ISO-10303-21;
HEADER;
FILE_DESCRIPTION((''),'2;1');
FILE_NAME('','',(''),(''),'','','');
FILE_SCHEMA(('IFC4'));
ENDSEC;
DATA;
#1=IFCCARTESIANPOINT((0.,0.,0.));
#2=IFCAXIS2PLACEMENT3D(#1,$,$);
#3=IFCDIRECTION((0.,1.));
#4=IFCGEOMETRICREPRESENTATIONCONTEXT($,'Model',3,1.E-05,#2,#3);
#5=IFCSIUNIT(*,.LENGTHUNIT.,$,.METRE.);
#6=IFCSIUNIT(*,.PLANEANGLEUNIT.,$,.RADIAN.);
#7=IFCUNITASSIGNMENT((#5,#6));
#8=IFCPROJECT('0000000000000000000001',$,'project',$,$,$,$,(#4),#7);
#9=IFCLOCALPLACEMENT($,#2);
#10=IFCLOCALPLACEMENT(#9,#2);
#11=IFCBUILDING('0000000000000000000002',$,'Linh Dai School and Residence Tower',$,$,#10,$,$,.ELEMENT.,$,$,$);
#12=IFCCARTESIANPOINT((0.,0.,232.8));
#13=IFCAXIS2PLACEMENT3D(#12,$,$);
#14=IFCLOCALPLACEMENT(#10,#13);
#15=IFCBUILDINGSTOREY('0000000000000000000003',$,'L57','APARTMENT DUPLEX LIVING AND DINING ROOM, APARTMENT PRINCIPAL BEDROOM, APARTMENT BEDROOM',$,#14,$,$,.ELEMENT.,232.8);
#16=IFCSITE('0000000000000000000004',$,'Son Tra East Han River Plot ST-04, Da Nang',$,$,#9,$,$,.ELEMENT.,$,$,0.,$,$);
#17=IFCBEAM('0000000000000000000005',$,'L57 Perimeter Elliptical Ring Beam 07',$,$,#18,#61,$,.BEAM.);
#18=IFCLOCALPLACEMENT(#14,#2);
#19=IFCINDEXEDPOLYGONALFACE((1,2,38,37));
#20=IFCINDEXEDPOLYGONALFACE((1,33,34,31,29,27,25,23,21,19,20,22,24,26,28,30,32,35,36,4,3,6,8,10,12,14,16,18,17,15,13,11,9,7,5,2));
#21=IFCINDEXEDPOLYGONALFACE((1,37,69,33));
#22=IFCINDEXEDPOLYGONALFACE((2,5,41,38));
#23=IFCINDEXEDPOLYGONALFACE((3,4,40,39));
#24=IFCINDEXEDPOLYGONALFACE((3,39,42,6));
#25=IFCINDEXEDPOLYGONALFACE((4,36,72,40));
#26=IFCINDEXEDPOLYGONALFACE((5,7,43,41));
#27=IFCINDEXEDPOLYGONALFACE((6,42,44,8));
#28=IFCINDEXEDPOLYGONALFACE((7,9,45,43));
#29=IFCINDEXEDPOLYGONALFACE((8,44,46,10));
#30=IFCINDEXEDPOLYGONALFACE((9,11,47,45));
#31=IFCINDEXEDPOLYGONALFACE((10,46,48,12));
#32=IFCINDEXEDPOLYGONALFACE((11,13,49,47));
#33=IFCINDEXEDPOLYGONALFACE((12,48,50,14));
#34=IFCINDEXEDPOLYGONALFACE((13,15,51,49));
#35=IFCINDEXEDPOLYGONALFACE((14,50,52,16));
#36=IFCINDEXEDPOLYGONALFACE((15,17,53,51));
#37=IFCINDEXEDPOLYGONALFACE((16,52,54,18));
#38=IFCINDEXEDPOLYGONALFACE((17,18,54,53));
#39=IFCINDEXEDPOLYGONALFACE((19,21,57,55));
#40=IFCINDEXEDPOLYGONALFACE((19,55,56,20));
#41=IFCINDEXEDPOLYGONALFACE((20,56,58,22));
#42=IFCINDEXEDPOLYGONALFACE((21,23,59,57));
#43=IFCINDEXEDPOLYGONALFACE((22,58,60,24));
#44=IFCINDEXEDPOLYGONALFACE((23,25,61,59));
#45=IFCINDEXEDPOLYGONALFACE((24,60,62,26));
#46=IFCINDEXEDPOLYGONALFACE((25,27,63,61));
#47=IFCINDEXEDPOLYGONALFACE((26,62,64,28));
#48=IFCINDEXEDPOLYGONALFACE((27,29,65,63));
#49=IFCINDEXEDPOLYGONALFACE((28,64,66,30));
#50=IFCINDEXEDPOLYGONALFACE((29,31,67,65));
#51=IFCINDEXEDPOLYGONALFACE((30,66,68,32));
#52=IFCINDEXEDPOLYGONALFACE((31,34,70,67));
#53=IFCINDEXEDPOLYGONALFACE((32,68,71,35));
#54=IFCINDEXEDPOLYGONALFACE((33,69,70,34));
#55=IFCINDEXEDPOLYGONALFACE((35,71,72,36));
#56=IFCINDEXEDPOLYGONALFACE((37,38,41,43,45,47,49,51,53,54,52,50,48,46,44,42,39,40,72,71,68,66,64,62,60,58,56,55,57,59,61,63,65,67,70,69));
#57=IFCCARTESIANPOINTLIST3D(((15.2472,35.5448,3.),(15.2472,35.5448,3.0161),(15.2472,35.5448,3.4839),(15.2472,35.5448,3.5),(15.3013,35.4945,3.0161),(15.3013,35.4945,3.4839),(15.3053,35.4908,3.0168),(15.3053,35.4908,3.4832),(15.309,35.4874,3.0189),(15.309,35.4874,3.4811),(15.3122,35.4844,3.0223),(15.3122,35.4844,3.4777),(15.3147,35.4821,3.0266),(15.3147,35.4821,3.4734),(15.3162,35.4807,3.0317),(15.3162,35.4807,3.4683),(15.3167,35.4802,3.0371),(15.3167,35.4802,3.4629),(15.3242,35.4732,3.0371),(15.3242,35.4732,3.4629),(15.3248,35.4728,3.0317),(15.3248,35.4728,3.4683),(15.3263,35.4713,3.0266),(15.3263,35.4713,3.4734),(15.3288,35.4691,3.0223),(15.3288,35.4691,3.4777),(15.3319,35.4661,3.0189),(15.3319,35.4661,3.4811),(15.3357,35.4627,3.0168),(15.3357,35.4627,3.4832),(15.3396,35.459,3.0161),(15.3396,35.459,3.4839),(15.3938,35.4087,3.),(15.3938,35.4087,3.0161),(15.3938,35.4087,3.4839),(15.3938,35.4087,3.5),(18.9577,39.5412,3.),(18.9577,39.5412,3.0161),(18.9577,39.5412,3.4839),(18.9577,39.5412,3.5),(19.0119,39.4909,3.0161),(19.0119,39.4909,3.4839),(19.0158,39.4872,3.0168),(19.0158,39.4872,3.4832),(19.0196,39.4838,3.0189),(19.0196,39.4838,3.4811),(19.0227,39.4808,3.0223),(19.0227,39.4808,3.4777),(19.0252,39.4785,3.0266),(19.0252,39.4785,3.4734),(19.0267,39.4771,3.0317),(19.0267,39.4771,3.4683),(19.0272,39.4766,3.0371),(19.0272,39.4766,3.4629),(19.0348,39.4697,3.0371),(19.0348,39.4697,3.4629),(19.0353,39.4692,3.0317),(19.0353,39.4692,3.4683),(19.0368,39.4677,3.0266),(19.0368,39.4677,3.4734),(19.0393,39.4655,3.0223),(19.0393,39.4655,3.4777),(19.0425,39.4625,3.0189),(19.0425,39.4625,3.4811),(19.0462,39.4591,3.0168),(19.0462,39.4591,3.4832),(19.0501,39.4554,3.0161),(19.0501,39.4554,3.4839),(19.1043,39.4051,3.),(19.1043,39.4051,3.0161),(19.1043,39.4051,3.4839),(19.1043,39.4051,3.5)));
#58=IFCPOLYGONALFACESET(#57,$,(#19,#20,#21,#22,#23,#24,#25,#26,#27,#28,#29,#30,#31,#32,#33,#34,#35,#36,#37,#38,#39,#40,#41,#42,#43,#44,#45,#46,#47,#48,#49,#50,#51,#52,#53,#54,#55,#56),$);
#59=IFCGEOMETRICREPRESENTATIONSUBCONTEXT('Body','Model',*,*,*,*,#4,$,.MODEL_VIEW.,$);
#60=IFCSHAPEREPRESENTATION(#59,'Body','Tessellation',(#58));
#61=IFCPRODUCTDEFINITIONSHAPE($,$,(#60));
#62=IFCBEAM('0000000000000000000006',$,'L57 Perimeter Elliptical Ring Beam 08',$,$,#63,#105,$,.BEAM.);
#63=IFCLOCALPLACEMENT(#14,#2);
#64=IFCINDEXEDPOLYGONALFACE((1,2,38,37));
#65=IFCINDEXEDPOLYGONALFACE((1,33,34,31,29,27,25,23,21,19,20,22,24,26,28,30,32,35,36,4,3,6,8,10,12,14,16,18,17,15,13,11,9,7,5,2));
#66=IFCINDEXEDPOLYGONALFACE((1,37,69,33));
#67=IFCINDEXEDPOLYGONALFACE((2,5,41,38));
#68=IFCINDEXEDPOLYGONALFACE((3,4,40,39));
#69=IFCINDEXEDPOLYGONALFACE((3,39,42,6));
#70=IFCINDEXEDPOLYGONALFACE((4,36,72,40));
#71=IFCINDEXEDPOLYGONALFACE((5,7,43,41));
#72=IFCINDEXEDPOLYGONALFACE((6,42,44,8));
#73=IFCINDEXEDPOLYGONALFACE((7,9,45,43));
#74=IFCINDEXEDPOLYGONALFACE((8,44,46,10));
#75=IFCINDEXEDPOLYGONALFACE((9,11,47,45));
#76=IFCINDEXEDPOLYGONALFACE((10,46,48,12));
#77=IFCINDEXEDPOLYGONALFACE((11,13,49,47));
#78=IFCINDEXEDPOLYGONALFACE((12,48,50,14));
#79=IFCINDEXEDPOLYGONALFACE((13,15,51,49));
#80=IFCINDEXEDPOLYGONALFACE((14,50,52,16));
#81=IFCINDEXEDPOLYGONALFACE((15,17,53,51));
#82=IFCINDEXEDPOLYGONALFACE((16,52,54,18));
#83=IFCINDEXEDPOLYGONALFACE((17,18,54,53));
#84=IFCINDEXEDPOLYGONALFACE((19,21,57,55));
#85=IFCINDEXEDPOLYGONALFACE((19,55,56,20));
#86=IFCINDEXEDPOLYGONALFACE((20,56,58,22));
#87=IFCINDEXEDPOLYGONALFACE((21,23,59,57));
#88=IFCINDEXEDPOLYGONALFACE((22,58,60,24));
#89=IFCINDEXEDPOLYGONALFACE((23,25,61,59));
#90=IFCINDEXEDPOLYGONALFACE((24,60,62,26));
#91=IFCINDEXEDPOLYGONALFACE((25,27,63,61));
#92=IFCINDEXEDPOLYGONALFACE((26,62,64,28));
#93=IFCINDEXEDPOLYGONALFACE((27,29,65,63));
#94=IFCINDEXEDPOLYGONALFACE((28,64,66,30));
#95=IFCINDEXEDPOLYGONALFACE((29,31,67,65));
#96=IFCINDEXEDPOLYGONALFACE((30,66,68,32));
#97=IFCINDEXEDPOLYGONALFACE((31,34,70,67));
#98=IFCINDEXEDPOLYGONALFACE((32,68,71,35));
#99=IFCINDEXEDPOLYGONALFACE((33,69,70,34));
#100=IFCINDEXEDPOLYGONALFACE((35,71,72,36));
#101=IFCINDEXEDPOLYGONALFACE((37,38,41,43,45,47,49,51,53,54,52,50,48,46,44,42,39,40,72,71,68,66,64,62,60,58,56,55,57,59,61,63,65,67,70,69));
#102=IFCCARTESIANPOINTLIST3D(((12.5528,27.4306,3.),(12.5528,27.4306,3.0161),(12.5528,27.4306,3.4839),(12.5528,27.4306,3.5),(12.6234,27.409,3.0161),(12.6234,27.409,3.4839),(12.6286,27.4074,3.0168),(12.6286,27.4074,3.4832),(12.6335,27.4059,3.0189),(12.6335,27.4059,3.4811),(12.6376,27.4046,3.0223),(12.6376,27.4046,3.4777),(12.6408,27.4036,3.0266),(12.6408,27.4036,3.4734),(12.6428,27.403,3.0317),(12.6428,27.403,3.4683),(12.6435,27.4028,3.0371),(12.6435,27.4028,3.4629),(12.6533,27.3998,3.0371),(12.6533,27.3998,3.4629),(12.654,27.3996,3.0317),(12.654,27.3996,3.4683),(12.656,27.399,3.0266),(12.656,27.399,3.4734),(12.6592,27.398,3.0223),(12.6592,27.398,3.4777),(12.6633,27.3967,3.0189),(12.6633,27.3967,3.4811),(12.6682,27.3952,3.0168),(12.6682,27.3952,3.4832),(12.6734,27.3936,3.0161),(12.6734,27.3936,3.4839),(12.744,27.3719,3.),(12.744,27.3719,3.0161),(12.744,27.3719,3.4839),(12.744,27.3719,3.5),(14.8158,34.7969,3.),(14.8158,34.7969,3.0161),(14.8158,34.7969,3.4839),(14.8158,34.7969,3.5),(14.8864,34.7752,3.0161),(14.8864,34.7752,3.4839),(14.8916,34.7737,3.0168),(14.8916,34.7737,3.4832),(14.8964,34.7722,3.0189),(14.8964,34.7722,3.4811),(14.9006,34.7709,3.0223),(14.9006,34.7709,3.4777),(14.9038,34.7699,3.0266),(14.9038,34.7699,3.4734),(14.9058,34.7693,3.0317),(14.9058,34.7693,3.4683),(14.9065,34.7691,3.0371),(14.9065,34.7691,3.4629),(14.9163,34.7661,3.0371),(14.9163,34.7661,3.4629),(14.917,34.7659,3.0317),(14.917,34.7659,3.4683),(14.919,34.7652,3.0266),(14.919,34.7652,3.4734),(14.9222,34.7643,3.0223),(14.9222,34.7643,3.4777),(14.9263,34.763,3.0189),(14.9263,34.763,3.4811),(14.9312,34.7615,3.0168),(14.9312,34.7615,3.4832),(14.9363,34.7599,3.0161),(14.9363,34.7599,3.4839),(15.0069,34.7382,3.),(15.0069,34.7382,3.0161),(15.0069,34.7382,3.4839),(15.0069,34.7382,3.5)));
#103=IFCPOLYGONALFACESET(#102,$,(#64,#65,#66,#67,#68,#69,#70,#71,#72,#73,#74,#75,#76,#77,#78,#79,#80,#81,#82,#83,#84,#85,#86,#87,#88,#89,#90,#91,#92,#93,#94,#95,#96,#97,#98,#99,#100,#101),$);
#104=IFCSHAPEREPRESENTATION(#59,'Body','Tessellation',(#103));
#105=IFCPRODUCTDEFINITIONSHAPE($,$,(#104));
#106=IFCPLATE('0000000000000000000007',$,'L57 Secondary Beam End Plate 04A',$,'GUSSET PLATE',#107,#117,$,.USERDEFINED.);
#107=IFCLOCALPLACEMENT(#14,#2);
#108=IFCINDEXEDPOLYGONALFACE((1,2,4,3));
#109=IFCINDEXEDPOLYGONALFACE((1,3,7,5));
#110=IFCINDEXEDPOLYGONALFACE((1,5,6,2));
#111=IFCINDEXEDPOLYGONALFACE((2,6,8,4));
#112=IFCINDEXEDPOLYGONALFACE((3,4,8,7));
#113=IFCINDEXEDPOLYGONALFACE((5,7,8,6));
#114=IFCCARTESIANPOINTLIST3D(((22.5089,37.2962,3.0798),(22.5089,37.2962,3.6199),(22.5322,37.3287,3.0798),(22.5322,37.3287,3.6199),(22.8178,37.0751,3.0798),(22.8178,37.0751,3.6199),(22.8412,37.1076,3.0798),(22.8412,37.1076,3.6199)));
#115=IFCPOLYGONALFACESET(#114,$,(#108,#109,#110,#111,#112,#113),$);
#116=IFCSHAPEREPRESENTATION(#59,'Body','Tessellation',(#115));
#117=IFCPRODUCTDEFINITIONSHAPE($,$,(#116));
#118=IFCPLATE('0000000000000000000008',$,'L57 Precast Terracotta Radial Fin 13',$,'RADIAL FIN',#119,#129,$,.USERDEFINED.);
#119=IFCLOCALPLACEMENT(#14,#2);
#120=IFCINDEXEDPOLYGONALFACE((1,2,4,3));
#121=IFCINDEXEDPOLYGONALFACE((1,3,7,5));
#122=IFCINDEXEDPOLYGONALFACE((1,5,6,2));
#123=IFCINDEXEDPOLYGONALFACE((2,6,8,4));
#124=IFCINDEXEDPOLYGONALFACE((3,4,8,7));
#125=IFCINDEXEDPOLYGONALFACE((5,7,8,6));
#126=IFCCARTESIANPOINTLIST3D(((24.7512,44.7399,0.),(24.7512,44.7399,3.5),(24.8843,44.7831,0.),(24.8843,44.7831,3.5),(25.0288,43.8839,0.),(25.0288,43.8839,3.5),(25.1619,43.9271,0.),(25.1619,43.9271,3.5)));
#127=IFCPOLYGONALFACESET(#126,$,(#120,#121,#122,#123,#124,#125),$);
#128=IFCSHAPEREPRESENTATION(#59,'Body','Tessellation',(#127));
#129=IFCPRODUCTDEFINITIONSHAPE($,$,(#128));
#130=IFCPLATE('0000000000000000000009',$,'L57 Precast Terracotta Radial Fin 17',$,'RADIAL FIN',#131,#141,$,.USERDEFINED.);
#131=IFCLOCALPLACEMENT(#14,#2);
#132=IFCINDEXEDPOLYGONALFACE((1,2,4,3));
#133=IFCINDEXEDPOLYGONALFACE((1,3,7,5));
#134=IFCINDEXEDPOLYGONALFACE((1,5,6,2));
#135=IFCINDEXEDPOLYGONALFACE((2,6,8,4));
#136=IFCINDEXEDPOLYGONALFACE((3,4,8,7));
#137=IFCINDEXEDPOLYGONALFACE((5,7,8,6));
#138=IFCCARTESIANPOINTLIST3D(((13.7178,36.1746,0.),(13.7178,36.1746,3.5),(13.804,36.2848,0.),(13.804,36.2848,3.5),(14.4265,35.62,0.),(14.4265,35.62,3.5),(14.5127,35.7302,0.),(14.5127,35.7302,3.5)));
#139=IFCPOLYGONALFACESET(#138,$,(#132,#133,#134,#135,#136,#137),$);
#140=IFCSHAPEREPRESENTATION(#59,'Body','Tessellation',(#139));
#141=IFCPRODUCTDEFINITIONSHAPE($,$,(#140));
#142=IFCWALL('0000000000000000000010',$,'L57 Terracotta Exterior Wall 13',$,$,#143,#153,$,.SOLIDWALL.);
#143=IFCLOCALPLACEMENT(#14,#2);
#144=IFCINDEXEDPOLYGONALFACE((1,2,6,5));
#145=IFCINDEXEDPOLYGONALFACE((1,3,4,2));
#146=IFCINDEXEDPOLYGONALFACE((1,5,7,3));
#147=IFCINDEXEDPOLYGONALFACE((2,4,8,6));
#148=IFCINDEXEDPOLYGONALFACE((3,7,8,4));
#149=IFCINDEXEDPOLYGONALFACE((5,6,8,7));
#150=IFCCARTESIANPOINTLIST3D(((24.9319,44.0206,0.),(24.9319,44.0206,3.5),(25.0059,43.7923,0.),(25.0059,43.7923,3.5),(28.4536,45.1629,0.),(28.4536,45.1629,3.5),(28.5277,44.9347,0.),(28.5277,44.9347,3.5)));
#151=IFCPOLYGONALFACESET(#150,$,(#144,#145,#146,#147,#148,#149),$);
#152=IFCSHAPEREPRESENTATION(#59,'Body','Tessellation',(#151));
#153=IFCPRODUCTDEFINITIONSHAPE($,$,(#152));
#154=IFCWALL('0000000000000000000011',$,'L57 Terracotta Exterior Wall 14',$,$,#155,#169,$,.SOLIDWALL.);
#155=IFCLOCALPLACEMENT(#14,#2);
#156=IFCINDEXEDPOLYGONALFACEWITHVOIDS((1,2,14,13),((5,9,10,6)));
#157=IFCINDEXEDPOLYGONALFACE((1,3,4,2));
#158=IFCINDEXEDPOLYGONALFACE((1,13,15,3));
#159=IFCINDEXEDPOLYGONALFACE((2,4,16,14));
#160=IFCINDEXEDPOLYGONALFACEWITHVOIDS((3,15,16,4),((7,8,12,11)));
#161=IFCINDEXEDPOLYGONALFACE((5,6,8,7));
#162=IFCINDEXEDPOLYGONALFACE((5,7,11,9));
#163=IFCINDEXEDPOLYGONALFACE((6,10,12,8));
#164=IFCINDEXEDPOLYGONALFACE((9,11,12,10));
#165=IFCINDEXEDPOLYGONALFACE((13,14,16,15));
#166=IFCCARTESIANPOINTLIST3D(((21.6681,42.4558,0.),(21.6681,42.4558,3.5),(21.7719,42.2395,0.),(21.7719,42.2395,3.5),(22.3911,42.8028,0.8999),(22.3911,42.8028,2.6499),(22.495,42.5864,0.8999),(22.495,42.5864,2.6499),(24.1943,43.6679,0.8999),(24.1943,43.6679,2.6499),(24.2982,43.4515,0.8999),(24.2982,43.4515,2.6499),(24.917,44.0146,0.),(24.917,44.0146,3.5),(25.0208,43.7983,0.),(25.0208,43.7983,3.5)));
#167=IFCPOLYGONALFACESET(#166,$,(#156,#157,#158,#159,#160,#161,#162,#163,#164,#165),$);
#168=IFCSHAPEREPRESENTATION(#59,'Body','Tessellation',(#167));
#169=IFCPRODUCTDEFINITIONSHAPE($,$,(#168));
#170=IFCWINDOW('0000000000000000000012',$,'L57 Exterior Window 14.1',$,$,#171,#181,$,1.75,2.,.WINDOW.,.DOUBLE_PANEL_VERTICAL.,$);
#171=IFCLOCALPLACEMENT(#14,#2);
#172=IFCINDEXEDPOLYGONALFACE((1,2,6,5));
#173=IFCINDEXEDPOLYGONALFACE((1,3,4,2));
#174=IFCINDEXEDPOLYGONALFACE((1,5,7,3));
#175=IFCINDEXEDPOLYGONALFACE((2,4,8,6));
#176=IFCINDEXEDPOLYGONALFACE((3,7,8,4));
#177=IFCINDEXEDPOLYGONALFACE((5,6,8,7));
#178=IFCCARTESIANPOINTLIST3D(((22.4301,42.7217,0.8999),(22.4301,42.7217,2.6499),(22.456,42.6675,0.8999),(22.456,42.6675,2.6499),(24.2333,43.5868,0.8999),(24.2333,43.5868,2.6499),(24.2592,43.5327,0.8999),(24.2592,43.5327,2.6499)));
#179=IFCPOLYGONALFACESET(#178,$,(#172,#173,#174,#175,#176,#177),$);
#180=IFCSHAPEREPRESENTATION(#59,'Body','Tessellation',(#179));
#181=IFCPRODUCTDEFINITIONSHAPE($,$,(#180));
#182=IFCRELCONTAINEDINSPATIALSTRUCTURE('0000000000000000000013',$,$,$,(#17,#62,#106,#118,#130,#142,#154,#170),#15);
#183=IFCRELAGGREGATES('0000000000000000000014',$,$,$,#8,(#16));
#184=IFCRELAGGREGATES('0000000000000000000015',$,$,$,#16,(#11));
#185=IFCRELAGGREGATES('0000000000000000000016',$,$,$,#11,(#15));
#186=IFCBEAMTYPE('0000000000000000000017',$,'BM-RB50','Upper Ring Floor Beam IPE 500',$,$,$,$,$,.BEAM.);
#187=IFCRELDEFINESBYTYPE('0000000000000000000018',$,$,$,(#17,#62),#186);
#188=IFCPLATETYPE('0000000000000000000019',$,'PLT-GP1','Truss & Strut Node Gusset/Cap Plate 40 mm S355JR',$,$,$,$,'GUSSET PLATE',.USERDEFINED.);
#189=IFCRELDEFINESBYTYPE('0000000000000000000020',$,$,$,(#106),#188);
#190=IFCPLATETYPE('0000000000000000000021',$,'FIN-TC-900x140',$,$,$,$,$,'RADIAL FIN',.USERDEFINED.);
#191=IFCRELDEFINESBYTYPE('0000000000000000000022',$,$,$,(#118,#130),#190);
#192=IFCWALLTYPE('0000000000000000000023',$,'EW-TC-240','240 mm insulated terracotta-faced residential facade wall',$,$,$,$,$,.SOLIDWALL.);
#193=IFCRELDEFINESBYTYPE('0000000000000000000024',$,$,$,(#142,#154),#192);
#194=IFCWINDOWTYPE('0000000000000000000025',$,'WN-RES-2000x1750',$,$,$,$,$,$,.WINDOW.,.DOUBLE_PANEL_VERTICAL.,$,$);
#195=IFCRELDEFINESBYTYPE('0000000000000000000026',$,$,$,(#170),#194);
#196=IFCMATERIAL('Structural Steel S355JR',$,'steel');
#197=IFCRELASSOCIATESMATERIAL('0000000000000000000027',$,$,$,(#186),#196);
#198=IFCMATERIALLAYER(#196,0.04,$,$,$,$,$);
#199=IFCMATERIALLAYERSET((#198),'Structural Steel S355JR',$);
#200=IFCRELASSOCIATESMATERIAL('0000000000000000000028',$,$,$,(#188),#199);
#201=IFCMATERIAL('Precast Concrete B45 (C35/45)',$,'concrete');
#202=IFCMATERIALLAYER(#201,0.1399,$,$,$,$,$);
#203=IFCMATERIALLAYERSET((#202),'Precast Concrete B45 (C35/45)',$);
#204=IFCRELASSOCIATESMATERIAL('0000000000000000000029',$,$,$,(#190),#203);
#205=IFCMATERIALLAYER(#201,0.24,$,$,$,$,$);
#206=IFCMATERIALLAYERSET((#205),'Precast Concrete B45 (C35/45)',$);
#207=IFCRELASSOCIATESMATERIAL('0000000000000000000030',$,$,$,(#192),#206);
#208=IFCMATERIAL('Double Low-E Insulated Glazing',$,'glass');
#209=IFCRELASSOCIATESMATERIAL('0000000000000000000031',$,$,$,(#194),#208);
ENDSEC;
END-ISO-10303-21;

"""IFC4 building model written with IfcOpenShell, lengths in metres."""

from ifc_helpers import new_model, si_unit, direction, frame, frame_2d, origin, origin_2d, place, context, subcontext, project, spatial, rectangle, i_section, extrude, source, transform, mapped, material, layer, layer_set, material_profile, profile_set, type_object, element, fill, save


model = new_model("IFC4")

# Units and contexts
model_context = context("Model", 3, precision=1e-05, world=origin(), true_north=direction((0.0, 1.0)))
body_context = subcontext(model_context, "Body", "Model", "MODEL_VIEW")
ifc_project = project(units=[si_unit("LENGTHUNIT", "METRE"), si_unit("PLANEANGLEUNIT", "RADIAN")], contexts=[model_context])

# Site, building, storey
site_placement = place(None, origin())
site = spatial("IfcSite", under=ifc_project, at=site_placement, Name="Son Tra East Han River Plot ST-04, Da Nang", CompositionType="ELEMENT", RefElevation=0.0)
building_placement = place(site_placement, origin())
building = spatial("IfcBuilding", under=site, at=building_placement, Name="Linh Dai School and Residence Tower", CompositionType="ELEMENT")
storey_placement = place(building_placement, frame((0.0, 0.0, 232.8)))
storey = spatial("IfcBuildingStorey", under=building, at=storey_placement, Name="L57", Description="APARTMENT DUPLEX LIVING AND DINING ROOM, APARTMENT PRINCIPAL BEDROOM, APARTMENT BEDROOM", CompositionType="ELEMENT", Elevation=232.8)

# Shared definitions
ifc_material_1 = material(Name="Structural Steel S355JR", Category="steel")

# Beams
ifc_material_profile_1 = material_profile(ifc_material_1, i_section(OverallWidth=0.2, OverallDepth=0.5, WebThickness=0.0103, FlangeThickness=0.0161, FilletRadius=0.021, at=origin_2d()), Name="IPE 500")
ifc_profile_set_1 = profile_set([ifc_material_profile_1], Name="Structural Steel S355JR")
beam_type_1 = type_object("IfcBeamType", Name="BM-RB50", Description="Upper Ring Floor Beam IPE 500", PredefinedType="BEAM", material=ifc_profile_set_1)
beam_1_placement = place(storey_placement, frame((19.031, 39.4731, 3.25), z_axis=(-0.680408, -0.732833, 0.0), x_axis=(0.732833, -0.680408, 0.0)))
element("IfcBeam", 1, at=beam_1_placement, inside=storey, type_object=beam_type_1, Name="L57 Perimeter Elliptical Ring Beam 07", PredefinedType="BEAM", context=body_context, shape_type="SweptSolid", body=[
    extrude(i_section(OverallWidth=0.2, OverallDepth=0.5, WebThickness=0.0103, FlangeThickness=0.0161, FilletRadius=0.021, at=origin_2d()), origin(), (0.0, 0.0, 1.0), 5.4534),
])
beam_2_placement = place(storey_placement, frame((14.9114, 34.7676, 3.25), z_axis=(-0.293661, -0.95591, 0.0), x_axis=(0.95591, -0.293661, 0.0)))
element("IfcBeam", 2, at=beam_2_placement, inside=storey, type_object=beam_type_1, Name="L57 Perimeter Elliptical Ring Beam 08", PredefinedType="BEAM", context=body_context, shape_type="SweptSolid", body=[
    extrude(i_section(OverallWidth=0.2, OverallDepth=0.5, WebThickness=0.0103, FlangeThickness=0.0161, FilletRadius=0.021, at=origin_2d()), origin(), (0.0, 0.0, 1.0), 7.7061),
])

# Plates
ifc_layer_1 = layer(ifc_material_1, 0.04)
ifc_layer_set_1 = layer_set([ifc_layer_1], Name="Structural Steel S355JR")
plate_type_1 = type_object("IfcPlateType", Name="PLT-GP1", Description="Truss & Strut Node Gusset/Cap Plate 40 mm S355JR", ElementType="GUSSET PLATE", PredefinedType="USERDEFINED", material=ifc_layer_set_1)
shared_shape_1 = source(origin(), body_context, "Body", "SweptSolid", [
    extrude(rectangle(XDim=0.04, YDim=0.3799, at=origin_2d()), origin(), (0.0, 0.0, 1.0), 0.54),
])
plate_placement = place(storey_placement, frame((22.675, 37.2019, 3.0798), z_axis=(0.0, 0.0, 1.0), x_axis=(-0.58204, -0.81316, 0.0)))
element("IfcPlate", 3, at=plate_placement, inside=storey, type_object=plate_type_1, Name="L57 Secondary Beam End Plate 04A", ObjectType="GUSSET PLATE", PredefinedType="USERDEFINED", context=body_context, shape_type="MappedRepresentation", body=[
    mapped(shared_shape_1, transform((0.0, 0.0, 0.0), x_axis=(1.0, 0.0, 0.0), y_axis=(0.0, 1.0, 0.0), z_axis=(0.0, 0.0, 1.0), scale=1.0)),
])
ifc_material_2 = material(Name="Precast Concrete B45 (C35/45)", Category="concrete")
ifc_layer_2 = layer(ifc_material_2, 0.1399)
ifc_layer_set_2 = layer_set([ifc_layer_2], Name="Precast Concrete B45 (C35/45)")
plate_type_2 = type_object("IfcPlateType", Name="FIN-TC-900x140", ElementType="RADIAL FIN", PredefinedType="USERDEFINED", material=ifc_layer_set_2)
shared_shape_2 = source(origin(), body_context, "Body", "SweptSolid", [
    extrude(rectangle(XDim=0.8999, YDim=0.1399, at=origin_2d()), origin(), (0.0, 0.0, 1.0), 3.5),
])
for number, where, z_axis, x_axis, name in (
    (4, (24.9565, 44.3335, 0.0), (0.0, 0.0, 1.0), (-0.308501, 0.951224, 0.0), "L57 Precast Terracotta Radial Fin 13"),
    (5, (14.1152, 35.9524, 0.0), (0.0, 0.0, 1.0), (-0.787487, 0.616332, 0.0), "L57 Precast Terracotta Radial Fin 17"),
):
    element("IfcPlate", number, at=place(storey_placement, frame(where, z_axis=z_axis, x_axis=x_axis)), inside=storey, type_object=plate_type_2, Name=name, ObjectType="RADIAL FIN", PredefinedType="USERDEFINED", context=body_context, shape_type="MappedRepresentation", body=[
        mapped(shared_shape_2, transform((0.0, 0.0, 0.0), x_axis=(1.0, 0.0, 0.0), y_axis=(0.0, 1.0, 0.0), z_axis=(0.0, 0.0, 1.0), scale=1.0)),
    ])

# Wall
ifc_layer_3 = layer(ifc_material_2, 0.24)
ifc_layer_set_3 = layer_set([ifc_layer_3], Name="Precast Concrete B45 (C35/45)")
wall_type_1 = type_object("IfcWallType", Name="EW-TC-240", Description="240 mm insulated terracotta-faced residential facade wall", PredefinedType="SOLIDWALL", material=ifc_layer_set_3)
wall_1_placement = place(storey_placement, frame((24.969, 43.9065, 0.0), z_axis=(0.0, 0.0, 1.0), x_axis=(0.951211, 0.308542, 0.0)))
element("IfcWall", 6, at=wall_1_placement, inside=storey, type_object=wall_type_1, Name="L57 Terracotta Exterior Wall 13", PredefinedType="SOLIDWALL", context=body_context, shape_type="SweptSolid", body=[
    extrude(rectangle(XDim=3.7024, YDim=0.24, at=frame_2d((1.8511, 0.0))), origin(), (0.0, 0.0, 1.0), 3.5),
])

# Wall, opening, window
wall_2_placement = place(storey_placement, frame((21.72, 42.3477, 0.0), z_axis=(0.0, 0.0, 1.0), x_axis=(0.901598, 0.432575, 0.0)))
wall_2 = element("IfcWall", 7, at=wall_2_placement, inside=storey, type_object=wall_type_1, Name="L57 Terracotta Exterior Wall 14", PredefinedType="SOLIDWALL", context=body_context, shape_type="SweptSolid", body=[
    extrude(rectangle(XDim=3.6035, YDim=0.24, at=frame_2d((1.8018, 0.0))), origin(), (0.0, 0.0, 1.0), 3.5),
])
opening_1_placement = place(wall_2_placement, frame((0.802, 0.0, 0.8999)))
opening_1 = element("IfcOpeningElement", 8, at=opening_1_placement, cuts=wall_2, PredefinedType="OPENING", context=body_context, shape_type="SweptSolid", body=[
    extrude(rectangle(XDim=2.0, YDim=1.75, at=origin_2d()), frame((1.0, 0.1299, 0.875), z_axis=(0.0, -1.0, 0.0), x_axis=(1.0, 0.0, 0.0)), (0.0, 0.0, 1.0), 0.26),
])
ifc_material_3 = material(Name="Double Low-E Insulated Glazing", Category="glass")
window_type_1 = type_object("IfcWindowType", Name="WN-RES-2000x1750", PartitioningType="DOUBLE_PANEL_VERTICAL", PredefinedType="WINDOW", material=ifc_material_3)
shared_shape_3 = source(origin(), body_context, "Body", "SweptSolid", [
    extrude(rectangle(XDim=2.0, YDim=1.75, at=origin_2d()), frame((1.0, 0.03, 0.875), z_axis=(0.0, -1.0, 0.0), x_axis=(1.0, 0.0, 0.0)), (0.0, 0.0, 1.0), 0.0601),
])
window_1_placement = place(opening_1_placement, origin())
window_1 = element("IfcWindow", 9, at=window_1_placement, inside=storey, type_object=window_type_1, Name="L57 Exterior Window 14.1", OverallHeight=1.75, OverallWidth=2.0, PartitioningType="DOUBLE_PANEL_VERTICAL", PredefinedType="WINDOW", context=body_context, shape_type="MappedRepresentation", body=[
    mapped(shared_shape_3, transform((0.0, 0.0, 0.0), x_axis=(1.0, 0.0, 0.0), y_axis=(0.0, 1.0, 0.0), z_axis=(0.0, 0.0, 1.0), scale=1.0)),
])
fill(opening_1, window_1)

save(model, "model.ifc")
